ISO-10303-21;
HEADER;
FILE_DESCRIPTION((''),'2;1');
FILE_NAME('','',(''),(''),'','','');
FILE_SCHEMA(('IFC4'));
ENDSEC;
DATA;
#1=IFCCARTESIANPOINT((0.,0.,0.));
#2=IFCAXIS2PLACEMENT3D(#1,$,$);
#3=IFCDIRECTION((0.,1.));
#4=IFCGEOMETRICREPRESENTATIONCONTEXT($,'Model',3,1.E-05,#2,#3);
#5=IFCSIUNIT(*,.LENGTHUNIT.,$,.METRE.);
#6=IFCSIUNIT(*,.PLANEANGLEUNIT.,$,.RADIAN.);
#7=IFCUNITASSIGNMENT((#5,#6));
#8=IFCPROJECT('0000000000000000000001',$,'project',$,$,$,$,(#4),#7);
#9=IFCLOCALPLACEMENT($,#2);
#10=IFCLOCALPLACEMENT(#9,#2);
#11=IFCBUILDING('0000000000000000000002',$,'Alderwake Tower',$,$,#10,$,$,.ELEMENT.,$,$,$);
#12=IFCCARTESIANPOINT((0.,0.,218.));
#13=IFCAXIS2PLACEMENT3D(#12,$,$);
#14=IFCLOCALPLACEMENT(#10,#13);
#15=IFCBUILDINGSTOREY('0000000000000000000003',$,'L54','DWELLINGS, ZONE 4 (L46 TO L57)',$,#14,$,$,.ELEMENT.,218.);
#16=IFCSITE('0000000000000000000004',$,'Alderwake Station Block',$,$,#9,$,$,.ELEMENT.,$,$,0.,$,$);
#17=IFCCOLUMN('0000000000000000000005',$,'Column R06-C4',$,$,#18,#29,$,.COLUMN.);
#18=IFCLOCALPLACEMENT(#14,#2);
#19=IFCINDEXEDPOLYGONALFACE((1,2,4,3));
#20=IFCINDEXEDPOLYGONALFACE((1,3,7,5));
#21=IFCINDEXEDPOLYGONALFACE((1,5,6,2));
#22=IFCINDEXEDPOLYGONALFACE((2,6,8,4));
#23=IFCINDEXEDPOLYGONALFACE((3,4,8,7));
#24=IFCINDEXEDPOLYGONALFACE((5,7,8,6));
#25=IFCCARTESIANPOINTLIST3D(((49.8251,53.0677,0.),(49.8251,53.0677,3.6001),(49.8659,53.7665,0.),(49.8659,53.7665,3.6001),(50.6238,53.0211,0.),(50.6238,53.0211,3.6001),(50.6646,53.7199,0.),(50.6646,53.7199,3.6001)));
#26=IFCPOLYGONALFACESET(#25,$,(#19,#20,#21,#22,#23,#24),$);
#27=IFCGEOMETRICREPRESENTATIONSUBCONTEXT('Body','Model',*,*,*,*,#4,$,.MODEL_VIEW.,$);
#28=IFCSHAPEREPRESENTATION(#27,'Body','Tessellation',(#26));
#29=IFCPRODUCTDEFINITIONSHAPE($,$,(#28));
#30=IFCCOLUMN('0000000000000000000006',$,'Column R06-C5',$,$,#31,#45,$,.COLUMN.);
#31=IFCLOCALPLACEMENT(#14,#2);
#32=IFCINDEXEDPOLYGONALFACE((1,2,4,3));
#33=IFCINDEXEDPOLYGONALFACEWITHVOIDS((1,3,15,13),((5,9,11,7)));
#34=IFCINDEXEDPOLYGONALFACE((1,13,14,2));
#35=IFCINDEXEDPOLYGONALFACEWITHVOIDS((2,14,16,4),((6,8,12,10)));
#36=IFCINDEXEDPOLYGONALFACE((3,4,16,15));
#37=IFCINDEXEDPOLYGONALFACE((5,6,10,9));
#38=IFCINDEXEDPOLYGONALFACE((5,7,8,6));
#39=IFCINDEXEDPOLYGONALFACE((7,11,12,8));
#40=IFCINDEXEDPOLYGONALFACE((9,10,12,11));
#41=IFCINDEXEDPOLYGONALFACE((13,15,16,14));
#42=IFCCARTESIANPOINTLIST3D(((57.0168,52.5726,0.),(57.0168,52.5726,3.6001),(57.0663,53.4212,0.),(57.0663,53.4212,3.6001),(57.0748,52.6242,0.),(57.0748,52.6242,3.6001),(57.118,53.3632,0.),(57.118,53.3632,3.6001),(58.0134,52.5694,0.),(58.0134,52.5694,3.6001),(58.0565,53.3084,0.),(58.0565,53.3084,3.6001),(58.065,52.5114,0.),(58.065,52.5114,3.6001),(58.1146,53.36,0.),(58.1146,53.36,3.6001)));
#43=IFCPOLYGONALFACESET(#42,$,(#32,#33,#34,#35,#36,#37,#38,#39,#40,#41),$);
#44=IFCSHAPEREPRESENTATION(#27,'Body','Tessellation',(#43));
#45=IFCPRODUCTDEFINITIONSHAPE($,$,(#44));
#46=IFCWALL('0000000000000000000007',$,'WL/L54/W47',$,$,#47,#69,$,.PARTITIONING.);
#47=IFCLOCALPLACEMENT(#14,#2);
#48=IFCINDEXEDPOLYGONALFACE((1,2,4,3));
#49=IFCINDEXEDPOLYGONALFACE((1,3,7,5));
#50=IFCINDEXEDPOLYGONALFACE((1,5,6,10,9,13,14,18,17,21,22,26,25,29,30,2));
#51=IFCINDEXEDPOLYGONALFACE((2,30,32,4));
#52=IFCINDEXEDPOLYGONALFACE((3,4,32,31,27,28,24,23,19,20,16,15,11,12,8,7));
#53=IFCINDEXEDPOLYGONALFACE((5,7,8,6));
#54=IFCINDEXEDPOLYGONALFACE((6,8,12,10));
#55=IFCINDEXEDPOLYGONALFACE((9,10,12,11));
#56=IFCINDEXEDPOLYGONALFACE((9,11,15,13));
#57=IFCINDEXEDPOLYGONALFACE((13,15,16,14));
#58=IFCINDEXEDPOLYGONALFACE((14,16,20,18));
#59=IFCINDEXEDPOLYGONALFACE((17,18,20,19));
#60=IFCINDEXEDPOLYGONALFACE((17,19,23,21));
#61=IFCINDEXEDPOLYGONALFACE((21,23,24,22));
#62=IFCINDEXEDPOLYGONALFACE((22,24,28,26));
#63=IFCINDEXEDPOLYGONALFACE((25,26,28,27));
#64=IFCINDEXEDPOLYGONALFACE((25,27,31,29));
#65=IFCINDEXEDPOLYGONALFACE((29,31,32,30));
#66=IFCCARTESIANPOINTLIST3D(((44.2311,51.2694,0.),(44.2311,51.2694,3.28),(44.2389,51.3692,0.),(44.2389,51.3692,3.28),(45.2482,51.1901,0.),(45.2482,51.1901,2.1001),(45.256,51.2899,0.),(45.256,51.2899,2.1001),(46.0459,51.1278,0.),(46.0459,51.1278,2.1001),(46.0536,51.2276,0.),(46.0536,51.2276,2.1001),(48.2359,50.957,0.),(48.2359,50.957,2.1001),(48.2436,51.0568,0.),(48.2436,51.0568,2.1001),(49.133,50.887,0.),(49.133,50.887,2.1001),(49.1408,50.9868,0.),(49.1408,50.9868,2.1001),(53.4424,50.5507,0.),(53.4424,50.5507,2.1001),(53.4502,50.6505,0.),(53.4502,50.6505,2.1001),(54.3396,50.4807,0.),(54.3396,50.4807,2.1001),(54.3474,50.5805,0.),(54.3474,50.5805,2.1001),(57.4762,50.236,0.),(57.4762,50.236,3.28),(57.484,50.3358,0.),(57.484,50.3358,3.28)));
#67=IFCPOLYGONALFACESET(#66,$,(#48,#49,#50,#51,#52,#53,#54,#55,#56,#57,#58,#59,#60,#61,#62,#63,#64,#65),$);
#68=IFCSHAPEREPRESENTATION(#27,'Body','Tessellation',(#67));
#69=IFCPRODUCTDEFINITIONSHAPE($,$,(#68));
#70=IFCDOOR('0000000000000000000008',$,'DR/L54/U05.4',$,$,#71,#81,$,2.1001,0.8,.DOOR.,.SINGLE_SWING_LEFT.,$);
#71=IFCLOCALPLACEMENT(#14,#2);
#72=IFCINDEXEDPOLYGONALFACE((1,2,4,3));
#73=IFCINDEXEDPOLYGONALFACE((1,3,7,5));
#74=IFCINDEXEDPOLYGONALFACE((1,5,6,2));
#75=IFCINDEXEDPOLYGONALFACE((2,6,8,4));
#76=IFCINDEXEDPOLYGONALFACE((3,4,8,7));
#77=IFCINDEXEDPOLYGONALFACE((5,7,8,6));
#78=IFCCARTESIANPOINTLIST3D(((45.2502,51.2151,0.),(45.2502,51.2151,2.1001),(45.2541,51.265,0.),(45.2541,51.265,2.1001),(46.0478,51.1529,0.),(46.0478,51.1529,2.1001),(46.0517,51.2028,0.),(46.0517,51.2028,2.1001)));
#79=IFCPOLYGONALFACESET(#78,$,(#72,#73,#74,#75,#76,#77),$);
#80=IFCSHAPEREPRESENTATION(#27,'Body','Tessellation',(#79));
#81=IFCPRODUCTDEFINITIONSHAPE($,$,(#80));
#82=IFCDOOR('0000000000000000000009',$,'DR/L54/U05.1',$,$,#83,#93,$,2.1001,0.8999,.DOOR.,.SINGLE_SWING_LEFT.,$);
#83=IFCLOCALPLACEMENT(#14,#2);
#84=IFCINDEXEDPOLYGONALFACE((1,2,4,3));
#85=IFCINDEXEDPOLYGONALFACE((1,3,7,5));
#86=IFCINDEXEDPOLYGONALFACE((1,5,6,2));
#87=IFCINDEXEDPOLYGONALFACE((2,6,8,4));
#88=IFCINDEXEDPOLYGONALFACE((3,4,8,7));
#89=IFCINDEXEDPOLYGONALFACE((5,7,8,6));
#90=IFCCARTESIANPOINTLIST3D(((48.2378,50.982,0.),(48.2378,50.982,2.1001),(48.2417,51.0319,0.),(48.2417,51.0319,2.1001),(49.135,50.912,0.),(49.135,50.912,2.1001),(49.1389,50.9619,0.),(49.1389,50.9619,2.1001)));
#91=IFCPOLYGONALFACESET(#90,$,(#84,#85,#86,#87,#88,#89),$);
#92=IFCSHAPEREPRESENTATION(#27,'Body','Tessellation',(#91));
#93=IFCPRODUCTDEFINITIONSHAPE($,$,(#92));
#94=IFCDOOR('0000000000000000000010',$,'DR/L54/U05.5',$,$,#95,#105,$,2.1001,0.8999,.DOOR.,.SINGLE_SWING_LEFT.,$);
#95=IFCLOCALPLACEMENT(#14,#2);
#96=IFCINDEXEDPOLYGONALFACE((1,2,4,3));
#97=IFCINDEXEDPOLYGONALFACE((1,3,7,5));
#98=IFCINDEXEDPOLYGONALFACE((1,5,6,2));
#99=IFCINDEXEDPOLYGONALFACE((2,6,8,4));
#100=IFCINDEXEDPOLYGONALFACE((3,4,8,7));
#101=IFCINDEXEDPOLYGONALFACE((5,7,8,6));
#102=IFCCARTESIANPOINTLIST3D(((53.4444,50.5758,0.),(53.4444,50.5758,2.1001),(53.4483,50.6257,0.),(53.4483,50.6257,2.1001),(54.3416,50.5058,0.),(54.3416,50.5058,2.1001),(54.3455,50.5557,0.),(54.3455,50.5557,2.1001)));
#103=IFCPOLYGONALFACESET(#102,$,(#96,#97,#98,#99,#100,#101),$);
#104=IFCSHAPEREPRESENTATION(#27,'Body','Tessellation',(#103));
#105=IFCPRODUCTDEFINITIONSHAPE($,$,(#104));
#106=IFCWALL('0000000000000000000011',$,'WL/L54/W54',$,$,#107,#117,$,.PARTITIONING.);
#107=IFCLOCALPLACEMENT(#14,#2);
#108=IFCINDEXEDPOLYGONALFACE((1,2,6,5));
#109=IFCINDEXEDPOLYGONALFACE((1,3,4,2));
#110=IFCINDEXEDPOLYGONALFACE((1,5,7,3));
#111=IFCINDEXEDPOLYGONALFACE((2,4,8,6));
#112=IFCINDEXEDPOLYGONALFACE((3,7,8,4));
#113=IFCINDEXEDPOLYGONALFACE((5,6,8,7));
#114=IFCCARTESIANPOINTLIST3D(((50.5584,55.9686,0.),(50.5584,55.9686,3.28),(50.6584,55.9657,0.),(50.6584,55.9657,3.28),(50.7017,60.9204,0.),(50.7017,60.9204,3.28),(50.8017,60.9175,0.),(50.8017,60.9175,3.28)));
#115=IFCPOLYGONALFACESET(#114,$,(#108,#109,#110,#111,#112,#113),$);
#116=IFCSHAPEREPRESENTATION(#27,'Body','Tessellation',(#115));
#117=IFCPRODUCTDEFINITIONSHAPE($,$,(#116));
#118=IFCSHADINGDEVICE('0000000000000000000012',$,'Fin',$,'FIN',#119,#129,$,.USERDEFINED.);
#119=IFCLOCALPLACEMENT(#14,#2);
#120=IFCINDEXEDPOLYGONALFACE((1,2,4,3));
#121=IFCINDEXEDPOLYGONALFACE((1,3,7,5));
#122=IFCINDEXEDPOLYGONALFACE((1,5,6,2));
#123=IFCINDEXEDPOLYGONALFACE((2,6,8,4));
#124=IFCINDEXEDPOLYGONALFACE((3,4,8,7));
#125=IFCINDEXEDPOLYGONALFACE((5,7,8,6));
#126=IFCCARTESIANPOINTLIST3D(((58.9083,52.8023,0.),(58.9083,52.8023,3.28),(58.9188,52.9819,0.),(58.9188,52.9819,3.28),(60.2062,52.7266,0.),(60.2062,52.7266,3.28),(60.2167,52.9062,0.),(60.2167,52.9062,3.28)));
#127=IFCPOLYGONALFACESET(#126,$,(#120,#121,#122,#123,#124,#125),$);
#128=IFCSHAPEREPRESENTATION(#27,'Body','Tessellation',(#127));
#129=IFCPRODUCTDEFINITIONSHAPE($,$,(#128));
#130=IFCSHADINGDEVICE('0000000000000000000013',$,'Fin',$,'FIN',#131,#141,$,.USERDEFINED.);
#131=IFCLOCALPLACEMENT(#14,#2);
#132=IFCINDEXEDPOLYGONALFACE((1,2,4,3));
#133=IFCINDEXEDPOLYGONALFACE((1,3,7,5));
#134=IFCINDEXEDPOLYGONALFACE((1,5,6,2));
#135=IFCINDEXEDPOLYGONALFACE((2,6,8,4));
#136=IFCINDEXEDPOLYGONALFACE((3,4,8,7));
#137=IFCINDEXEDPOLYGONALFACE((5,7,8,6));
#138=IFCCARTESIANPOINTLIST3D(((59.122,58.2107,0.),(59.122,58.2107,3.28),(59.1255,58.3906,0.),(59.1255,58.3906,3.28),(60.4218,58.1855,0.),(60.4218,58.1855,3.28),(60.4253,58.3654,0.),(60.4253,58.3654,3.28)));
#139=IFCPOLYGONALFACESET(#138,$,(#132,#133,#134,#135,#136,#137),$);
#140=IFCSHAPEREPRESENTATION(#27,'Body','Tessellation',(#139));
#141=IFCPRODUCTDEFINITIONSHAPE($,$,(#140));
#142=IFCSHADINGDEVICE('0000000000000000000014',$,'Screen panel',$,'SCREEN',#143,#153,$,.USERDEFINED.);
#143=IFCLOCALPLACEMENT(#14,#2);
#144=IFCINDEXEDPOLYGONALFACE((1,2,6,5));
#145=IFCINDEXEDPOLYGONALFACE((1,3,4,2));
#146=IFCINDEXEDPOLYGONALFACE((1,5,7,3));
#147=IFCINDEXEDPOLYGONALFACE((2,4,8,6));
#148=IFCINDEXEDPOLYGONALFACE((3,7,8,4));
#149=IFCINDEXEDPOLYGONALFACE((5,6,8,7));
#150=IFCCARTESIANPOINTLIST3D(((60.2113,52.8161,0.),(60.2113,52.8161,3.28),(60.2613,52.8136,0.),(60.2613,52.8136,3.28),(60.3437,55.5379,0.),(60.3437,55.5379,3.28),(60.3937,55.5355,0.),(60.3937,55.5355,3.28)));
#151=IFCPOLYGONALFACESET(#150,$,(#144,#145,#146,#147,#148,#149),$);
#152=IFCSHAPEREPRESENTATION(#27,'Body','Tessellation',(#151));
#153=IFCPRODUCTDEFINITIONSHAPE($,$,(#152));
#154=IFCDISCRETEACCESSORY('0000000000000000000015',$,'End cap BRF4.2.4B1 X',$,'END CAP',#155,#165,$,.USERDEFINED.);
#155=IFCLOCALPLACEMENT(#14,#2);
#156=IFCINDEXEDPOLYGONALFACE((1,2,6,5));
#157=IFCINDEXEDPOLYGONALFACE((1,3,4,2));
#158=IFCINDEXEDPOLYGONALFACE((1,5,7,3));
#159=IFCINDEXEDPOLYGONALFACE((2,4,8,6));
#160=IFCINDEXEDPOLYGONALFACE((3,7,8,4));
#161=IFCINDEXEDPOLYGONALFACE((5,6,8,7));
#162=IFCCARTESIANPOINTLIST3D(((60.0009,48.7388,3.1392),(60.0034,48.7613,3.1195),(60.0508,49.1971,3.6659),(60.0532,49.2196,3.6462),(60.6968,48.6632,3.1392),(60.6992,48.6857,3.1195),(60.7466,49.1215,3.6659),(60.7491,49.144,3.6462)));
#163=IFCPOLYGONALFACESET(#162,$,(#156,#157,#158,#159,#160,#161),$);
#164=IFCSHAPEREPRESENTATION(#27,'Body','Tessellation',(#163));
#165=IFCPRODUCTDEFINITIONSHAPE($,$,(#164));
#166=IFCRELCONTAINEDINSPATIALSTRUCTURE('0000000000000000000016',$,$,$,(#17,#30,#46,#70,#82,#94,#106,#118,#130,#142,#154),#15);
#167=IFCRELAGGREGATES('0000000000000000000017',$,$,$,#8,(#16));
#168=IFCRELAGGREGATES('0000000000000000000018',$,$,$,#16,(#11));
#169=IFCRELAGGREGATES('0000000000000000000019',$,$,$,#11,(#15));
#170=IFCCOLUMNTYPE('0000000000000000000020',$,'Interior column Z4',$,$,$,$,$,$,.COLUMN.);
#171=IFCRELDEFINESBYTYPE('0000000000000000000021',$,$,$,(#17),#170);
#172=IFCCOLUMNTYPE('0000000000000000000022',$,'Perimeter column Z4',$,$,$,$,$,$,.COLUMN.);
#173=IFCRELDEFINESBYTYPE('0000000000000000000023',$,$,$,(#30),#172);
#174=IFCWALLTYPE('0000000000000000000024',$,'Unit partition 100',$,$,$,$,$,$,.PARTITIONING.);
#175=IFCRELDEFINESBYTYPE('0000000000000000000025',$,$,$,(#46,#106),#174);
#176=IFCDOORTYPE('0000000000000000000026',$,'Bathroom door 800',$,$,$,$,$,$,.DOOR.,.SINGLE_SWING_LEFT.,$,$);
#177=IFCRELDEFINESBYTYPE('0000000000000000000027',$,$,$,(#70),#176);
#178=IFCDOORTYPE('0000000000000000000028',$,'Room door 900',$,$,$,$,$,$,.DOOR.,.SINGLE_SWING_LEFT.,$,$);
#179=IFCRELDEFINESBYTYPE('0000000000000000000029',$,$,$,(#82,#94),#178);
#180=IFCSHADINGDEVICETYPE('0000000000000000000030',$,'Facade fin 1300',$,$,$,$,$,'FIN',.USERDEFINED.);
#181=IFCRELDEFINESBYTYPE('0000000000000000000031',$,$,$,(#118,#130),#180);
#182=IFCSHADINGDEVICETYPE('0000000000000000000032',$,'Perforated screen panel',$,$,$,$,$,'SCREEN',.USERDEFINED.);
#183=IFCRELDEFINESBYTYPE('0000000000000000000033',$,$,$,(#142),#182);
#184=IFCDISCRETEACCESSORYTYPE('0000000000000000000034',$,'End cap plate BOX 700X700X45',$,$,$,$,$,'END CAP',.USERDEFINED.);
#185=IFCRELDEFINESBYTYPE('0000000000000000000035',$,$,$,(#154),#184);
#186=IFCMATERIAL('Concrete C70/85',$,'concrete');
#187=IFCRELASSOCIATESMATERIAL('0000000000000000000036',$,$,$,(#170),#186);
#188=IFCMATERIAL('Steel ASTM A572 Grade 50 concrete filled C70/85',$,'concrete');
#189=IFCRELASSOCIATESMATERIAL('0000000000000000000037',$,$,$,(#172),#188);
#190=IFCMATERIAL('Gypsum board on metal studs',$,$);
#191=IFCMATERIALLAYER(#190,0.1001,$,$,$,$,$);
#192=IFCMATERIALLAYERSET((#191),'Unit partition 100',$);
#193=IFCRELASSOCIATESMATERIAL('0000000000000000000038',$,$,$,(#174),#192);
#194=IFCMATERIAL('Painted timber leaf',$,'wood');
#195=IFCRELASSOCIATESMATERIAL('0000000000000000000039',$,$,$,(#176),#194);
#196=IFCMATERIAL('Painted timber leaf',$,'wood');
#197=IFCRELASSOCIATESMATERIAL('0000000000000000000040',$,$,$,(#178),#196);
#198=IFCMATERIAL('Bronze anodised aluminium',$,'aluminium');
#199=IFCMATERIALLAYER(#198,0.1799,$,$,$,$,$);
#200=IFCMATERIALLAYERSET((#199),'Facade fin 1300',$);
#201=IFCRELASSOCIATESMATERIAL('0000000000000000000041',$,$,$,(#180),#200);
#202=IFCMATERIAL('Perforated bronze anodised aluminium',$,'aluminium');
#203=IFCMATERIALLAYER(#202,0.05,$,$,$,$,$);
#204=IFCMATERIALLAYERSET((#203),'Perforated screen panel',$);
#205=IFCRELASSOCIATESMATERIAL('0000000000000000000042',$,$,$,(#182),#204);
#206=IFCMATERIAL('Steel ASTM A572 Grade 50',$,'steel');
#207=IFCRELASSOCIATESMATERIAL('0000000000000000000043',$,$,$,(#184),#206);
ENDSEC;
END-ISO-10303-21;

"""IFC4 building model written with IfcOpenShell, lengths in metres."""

from ifc_helpers import new_model, si_unit, direction, frame, frame_2d, origin, origin_2d, place, context, subcontext, project, spatial, rectangle, hollow_rectangle, extrude, material, layer, layer_set, material_profile, profile_set, type_object, element, fill, save


model = new_model("IFC4")

# Units and contexts
model_context = context("Model", 3, precision=1e-05, world=origin(), true_north=direction((0.0, 1.0)))
body_context = subcontext(model_context, "Body", "Model", "MODEL_VIEW")
ifc_project = project(units=[si_unit("LENGTHUNIT", "METRE"), si_unit("PLANEANGLEUNIT", "RADIAN")], contexts=[model_context])

# Site, building, storey
site_placement = place(None, origin())
site = spatial("IfcSite", under=ifc_project, at=site_placement, Name="Alderwake Station Block", CompositionType="ELEMENT", RefElevation=0.0)
building_placement = place(site_placement, origin())
building = spatial("IfcBuilding", under=site, at=building_placement, Name="Alderwake Tower", CompositionType="ELEMENT")
storey_placement = place(building_placement, frame((0.0, 0.0, 218.0)))
storey = spatial("IfcBuildingStorey", under=building, at=storey_placement, Name="L54", Description="DWELLINGS, ZONE 4 (L46 TO L57)", CompositionType="ELEMENT", Elevation=218.0)

# Columns
ifc_material_1 = material(Name="Concrete C70/85", Category="concrete")
ifc_material_profile_1 = material_profile(ifc_material_1, rectangle(XDim=0.7, YDim=0.8, at=origin_2d()), Name="RC 800X700")
ifc_profile_set_1 = profile_set([ifc_material_profile_1], Name="Concrete C70/85")
column_type_1 = type_object("IfcColumnType", Name="Interior column Z4", PredefinedType="COLUMN", material=ifc_profile_set_1)
column_1_placement = place(storey_placement, frame((50.2449, 53.3938, 0.0), z_axis=(0.0, 0.0, 1.0), x_axis=(0.058299, 0.998299, 0.0)))
element("IfcColumn", 1, at=column_1_placement, inside=storey, type_object=column_type_1, Name="Column R06-C4", PredefinedType="COLUMN", context=body_context, shape_type="SweptSolid", body=[
    extrude(rectangle(XDim=0.7, YDim=0.8, at=origin_2d()), origin(), (0.0, 0.0, 1.0), 3.6001),
])
ifc_material_2 = material(Name="Steel ASTM A572 Grade 50 concrete filled C70/85", Category="concrete")
ifc_material_profile_2 = material_profile(ifc_material_2, hollow_rectangle(XDim=0.8501, YDim=1.05, WallThickness=0.0549, at=origin_2d()), Name="BOX 1050X850X55")
ifc_profile_set_2 = profile_set([ifc_material_profile_2], Name="Steel ASTM A572 Grade 50 concrete filled C70/85")
column_type_2 = type_object("IfcColumnType", Name="Perimeter column Z4", PredefinedType="COLUMN", material=ifc_profile_set_2)
column_2_placement = place(storey_placement, frame((57.5657, 52.9663, 0.0), z_axis=(0.0, 0.0, 1.0), x_axis=(0.058301, 0.998299, 0.0)))
element("IfcColumn", 2, at=column_2_placement, inside=storey, type_object=column_type_2, Name="Column R06-C5", PredefinedType="COLUMN", context=body_context, shape_type="SweptSolid", body=[
    extrude(hollow_rectangle(XDim=0.8501, YDim=1.05, WallThickness=0.0549, at=origin_2d()), origin(), (0.0, 0.0, 1.0), 3.6001),
])

# Wall, openings, doors
ifc_material_3 = material(Name="Gypsum board on metal studs")
ifc_layer_1 = layer(ifc_material_3, 0.1001)
ifc_layer_set_1 = layer_set([ifc_layer_1], Name="Unit partition 100")
wall_type_1 = type_object("IfcWallType", Name="Unit partition 100", PredefinedType="PARTITIONING", material=ifc_layer_set_1)
wall_1_placement = place(storey_placement, frame((57.48, 50.2859, 0.0), z_axis=(0.0, 0.0, 1.0), x_axis=(-0.99697, 0.077788, 0.0)))
wall_1 = element("IfcWall", 3, at=wall_1_placement, inside=storey, type_object=wall_type_1, Name="WL/L54/W47", PredefinedType="PARTITIONING", context=body_context, shape_type="SweptSolid", body=[
    extrude(rectangle(XDim=13.2854, YDim=0.1001, at=frame_2d((6.6426, 0.0))), origin(), (0.0, 0.0, 1.0), 3.28),
])
opening_1_placement = place(wall_1_placement, frame((8.3684, 0.0, 0.0)))
opening_1 = element("IfcOpeningElement", 4, at=opening_1_placement, cuts=wall_1, PredefinedType="OPENING", context=body_context, shape_type="SweptSolid", body=[
    extrude(rectangle(XDim=0.8999, YDim=2.1001, at=frame_2d((0.45, 1.05))), frame((0.0, 0.0601, 0.0), z_axis=(0.0, -1.0, 0.0), x_axis=(1.0, 0.0, 0.0)), (0.0, 0.0, 1.0), 0.1201),
])
opening_2_placement = place(wall_1_placement, frame((11.4651, 0.0, 0.0)))
opening_2 = element("IfcOpeningElement", 5, at=opening_2_placement, cuts=wall_1, PredefinedType="OPENING", context=body_context, shape_type="SweptSolid", body=[
    extrude(rectangle(XDim=0.8, YDim=2.1001, at=frame_2d((0.3999, 1.05))), frame((0.0, 0.0601, 0.0), z_axis=(0.0, -1.0, 0.0), x_axis=(1.0, 0.0, 0.0)), (0.0, 0.0, 1.0), 0.1201),
])
opening_3_placement = place(wall_1_placement, frame((3.146, 0.0, 0.0)))
opening_3 = element("IfcOpeningElement", 6, at=opening_3_placement, cuts=wall_1, PredefinedType="OPENING", context=body_context, shape_type="SweptSolid", body=[
    extrude(rectangle(XDim=0.8999, YDim=2.1001, at=frame_2d((0.45, 1.05))), frame((0.0, 0.0601, 0.0), z_axis=(0.0, -1.0, 0.0), x_axis=(1.0, 0.0, 0.0)), (0.0, 0.0, 1.0), 0.1201),
])
ifc_material_4 = material(Name="Painted timber leaf", Category="wood")
door_type_1 = type_object("IfcDoorType", Name="Bathroom door 800", OperationType="SINGLE_SWING_LEFT", PredefinedType="DOOR", material=ifc_material_4)
door_1_placement = place(opening_2_placement, origin())
door_1 = element("IfcDoor", 7, at=door_1_placement, inside=storey, type_object=door_type_1, Name="DR/L54/U05.4", OperationType="SINGLE_SWING_LEFT", OverallHeight=2.1001, OverallWidth=0.8, PredefinedType="DOOR", context=body_context, shape_type="SweptSolid", body=[
    extrude(rectangle(XDim=0.8, YDim=2.1001, at=frame_2d((0.3999, 1.05))), frame((0.0, 0.0249, 0.0), z_axis=(0.0, -1.0, 0.0), x_axis=(1.0, 0.0, 0.0)), (0.0, 0.0, 1.0), 0.05),
])
fill(opening_2, door_1)
ifc_material_5 = material(Name="Painted timber leaf", Category="wood")
door_type_2 = type_object("IfcDoorType", Name="Room door 900", OperationType="SINGLE_SWING_LEFT", PredefinedType="DOOR", material=ifc_material_5)
door_2_placement = place(opening_1_placement, origin())
door_2 = element("IfcDoor", 8, at=door_2_placement, inside=storey, type_object=door_type_2, Name="DR/L54/U05.1", OperationType="SINGLE_SWING_LEFT", OverallHeight=2.1001, OverallWidth=0.8999, PredefinedType="DOOR", context=body_context, shape_type="SweptSolid", body=[
    extrude(rectangle(XDim=0.8999, YDim=2.1001, at=frame_2d((0.45, 1.05))), frame((0.0, 0.0249, 0.0), z_axis=(0.0, -1.0, 0.0), x_axis=(1.0, 0.0, 0.0)), (0.0, 0.0, 1.0), 0.05),
])
fill(opening_1, door_2)
door_3_placement = place(opening_3_placement, origin())
door_3 = element("IfcDoor", 9, at=door_3_placement, inside=storey, type_object=door_type_2, Name="DR/L54/U05.5", OperationType="SINGLE_SWING_LEFT", OverallHeight=2.1001, OverallWidth=0.8999, PredefinedType="DOOR", context=body_context, shape_type="SweptSolid", body=[
    extrude(rectangle(XDim=0.8999, YDim=2.1001, at=frame_2d((0.45, 1.05))), frame((0.0, 0.0249, 0.0), z_axis=(0.0, -1.0, 0.0), x_axis=(1.0, 0.0, 0.0)), (0.0, 0.0, 1.0), 0.05),
])
fill(opening_3, door_3)

# Wall
wall_2_placement = place(storey_placement, frame((50.6084, 55.967, 0.0), z_axis=(0.0, 0.0, 1.0), x_axis=(0.028928, 0.999581, 0.0)))
element("IfcWall", 10, at=wall_2_placement, inside=storey, type_object=wall_type_1, Name="WL/L54/W54", PredefinedType="PARTITIONING", context=body_context, shape_type="SweptSolid", body=[
    extrude(rectangle(XDim=4.9539, YDim=0.1001, at=frame_2d((2.4771, 0.0))), origin(), (0.0, 0.0, 1.0), 3.28),
])

# Shading devices
ifc_material_6 = material(Name="Bronze anodised aluminium", Category="aluminium")
ifc_layer_2 = layer(ifc_material_6, 0.1799)
ifc_layer_set_2 = layer_set([ifc_layer_2], Name="Facade fin 1300")
shading_device_type_1 = type_object("IfcShadingDeviceType", Name="Facade fin 1300", ElementType="FIN", PredefinedType="USERDEFINED", material=ifc_layer_set_2)
for number, where, z_axis, x_axis, name in (
    (11, (59.5625, 52.8542, 0.0), (0.0, 0.0, 1.0), (0.998301, -0.058266, 0.0), "Fin"),
    (12, (59.7737, 58.2881, 0.0), (0.0, 0.0, 1.0), (0.999812, -0.019398, 0.0), "Fin"),
):
    element("IfcShadingDevice", number, at=place(storey_placement, frame(where, z_axis=z_axis, x_axis=x_axis)), inside=storey, type_object=shading_device_type_1, Name=name, ObjectType="FIN", PredefinedType="USERDEFINED", context=body_context, shape_type="SweptSolid", body=[
        extrude(rectangle(XDim=1.3, YDim=0.1799, at=origin_2d()), origin(), (0.0, 0.0, 1.0), 3.28),
    ])
ifc_material_7 = material(Name="Perforated bronze anodised aluminium", Category="aluminium")
ifc_layer_3 = layer(ifc_material_7, 0.05)
ifc_layer_set_3 = layer_set([ifc_layer_3], Name="Perforated screen panel")
shading_device_type_2 = type_object("IfcShadingDeviceType", Name="Perforated screen panel", ElementType="SCREEN", PredefinedType="USERDEFINED", material=ifc_layer_set_3)
shading_device_placement = place(storey_placement, frame((60.3025, 54.1758, 0.0), z_axis=(0.0, 0.0, 1.0), x_axis=(0.998819, -0.048581, 0.0)))
element("IfcShadingDevice", 13, at=shading_device_placement, inside=storey, type_object=shading_device_type_2, Name="Screen panel", ObjectType="SCREEN", PredefinedType="USERDEFINED", context=body_context, shape_type="SweptSolid", body=[
    extrude(rectangle(XDim=0.05, YDim=2.7251, at=origin_2d()), origin(), (0.0, 0.0, 1.0), 3.28),
])

# Discrete accessory
ifc_material_8 = material(Name="Steel ASTM A572 Grade 50", Category="steel")
ifc_material_profile_3 = material_profile(ifc_material_8, rectangle(XDim=0.7, YDim=0.7, at=origin_2d()), Name="BOX 700X700X45 cap")
ifc_profile_set_3 = profile_set([ifc_material_profile_3], Name="Steel ASTM A572 Grade 50")
discrete_accessory_type = type_object("IfcDiscreteAccessoryType", Name="End cap plate BOX 700X700X45", ElementType="END CAP", PredefinedType="USERDEFINED", material=ifc_profile_set_3)
discrete_accessory_placement = place(storey_placement, frame((60.3762, 48.9526, 3.3828), z_axis=(-0.081312, -0.748066, 0.658624), x_axis=(0.994144, -0.108059, 0.0)))
element("IfcDiscreteAccessory", 14, at=discrete_accessory_placement, inside=storey, type_object=discrete_accessory_type, Name="End cap BRF4.2.4B1 X", ObjectType="END CAP", PredefinedType="USERDEFINED", context=body_context, shape_type="SweptSolid", body=[
    extrude(rectangle(XDim=0.7, YDim=0.7, at=origin_2d()), origin(), (0.0, 0.0, 1.0), 0.03),
])

save(model, "model.ifc")
